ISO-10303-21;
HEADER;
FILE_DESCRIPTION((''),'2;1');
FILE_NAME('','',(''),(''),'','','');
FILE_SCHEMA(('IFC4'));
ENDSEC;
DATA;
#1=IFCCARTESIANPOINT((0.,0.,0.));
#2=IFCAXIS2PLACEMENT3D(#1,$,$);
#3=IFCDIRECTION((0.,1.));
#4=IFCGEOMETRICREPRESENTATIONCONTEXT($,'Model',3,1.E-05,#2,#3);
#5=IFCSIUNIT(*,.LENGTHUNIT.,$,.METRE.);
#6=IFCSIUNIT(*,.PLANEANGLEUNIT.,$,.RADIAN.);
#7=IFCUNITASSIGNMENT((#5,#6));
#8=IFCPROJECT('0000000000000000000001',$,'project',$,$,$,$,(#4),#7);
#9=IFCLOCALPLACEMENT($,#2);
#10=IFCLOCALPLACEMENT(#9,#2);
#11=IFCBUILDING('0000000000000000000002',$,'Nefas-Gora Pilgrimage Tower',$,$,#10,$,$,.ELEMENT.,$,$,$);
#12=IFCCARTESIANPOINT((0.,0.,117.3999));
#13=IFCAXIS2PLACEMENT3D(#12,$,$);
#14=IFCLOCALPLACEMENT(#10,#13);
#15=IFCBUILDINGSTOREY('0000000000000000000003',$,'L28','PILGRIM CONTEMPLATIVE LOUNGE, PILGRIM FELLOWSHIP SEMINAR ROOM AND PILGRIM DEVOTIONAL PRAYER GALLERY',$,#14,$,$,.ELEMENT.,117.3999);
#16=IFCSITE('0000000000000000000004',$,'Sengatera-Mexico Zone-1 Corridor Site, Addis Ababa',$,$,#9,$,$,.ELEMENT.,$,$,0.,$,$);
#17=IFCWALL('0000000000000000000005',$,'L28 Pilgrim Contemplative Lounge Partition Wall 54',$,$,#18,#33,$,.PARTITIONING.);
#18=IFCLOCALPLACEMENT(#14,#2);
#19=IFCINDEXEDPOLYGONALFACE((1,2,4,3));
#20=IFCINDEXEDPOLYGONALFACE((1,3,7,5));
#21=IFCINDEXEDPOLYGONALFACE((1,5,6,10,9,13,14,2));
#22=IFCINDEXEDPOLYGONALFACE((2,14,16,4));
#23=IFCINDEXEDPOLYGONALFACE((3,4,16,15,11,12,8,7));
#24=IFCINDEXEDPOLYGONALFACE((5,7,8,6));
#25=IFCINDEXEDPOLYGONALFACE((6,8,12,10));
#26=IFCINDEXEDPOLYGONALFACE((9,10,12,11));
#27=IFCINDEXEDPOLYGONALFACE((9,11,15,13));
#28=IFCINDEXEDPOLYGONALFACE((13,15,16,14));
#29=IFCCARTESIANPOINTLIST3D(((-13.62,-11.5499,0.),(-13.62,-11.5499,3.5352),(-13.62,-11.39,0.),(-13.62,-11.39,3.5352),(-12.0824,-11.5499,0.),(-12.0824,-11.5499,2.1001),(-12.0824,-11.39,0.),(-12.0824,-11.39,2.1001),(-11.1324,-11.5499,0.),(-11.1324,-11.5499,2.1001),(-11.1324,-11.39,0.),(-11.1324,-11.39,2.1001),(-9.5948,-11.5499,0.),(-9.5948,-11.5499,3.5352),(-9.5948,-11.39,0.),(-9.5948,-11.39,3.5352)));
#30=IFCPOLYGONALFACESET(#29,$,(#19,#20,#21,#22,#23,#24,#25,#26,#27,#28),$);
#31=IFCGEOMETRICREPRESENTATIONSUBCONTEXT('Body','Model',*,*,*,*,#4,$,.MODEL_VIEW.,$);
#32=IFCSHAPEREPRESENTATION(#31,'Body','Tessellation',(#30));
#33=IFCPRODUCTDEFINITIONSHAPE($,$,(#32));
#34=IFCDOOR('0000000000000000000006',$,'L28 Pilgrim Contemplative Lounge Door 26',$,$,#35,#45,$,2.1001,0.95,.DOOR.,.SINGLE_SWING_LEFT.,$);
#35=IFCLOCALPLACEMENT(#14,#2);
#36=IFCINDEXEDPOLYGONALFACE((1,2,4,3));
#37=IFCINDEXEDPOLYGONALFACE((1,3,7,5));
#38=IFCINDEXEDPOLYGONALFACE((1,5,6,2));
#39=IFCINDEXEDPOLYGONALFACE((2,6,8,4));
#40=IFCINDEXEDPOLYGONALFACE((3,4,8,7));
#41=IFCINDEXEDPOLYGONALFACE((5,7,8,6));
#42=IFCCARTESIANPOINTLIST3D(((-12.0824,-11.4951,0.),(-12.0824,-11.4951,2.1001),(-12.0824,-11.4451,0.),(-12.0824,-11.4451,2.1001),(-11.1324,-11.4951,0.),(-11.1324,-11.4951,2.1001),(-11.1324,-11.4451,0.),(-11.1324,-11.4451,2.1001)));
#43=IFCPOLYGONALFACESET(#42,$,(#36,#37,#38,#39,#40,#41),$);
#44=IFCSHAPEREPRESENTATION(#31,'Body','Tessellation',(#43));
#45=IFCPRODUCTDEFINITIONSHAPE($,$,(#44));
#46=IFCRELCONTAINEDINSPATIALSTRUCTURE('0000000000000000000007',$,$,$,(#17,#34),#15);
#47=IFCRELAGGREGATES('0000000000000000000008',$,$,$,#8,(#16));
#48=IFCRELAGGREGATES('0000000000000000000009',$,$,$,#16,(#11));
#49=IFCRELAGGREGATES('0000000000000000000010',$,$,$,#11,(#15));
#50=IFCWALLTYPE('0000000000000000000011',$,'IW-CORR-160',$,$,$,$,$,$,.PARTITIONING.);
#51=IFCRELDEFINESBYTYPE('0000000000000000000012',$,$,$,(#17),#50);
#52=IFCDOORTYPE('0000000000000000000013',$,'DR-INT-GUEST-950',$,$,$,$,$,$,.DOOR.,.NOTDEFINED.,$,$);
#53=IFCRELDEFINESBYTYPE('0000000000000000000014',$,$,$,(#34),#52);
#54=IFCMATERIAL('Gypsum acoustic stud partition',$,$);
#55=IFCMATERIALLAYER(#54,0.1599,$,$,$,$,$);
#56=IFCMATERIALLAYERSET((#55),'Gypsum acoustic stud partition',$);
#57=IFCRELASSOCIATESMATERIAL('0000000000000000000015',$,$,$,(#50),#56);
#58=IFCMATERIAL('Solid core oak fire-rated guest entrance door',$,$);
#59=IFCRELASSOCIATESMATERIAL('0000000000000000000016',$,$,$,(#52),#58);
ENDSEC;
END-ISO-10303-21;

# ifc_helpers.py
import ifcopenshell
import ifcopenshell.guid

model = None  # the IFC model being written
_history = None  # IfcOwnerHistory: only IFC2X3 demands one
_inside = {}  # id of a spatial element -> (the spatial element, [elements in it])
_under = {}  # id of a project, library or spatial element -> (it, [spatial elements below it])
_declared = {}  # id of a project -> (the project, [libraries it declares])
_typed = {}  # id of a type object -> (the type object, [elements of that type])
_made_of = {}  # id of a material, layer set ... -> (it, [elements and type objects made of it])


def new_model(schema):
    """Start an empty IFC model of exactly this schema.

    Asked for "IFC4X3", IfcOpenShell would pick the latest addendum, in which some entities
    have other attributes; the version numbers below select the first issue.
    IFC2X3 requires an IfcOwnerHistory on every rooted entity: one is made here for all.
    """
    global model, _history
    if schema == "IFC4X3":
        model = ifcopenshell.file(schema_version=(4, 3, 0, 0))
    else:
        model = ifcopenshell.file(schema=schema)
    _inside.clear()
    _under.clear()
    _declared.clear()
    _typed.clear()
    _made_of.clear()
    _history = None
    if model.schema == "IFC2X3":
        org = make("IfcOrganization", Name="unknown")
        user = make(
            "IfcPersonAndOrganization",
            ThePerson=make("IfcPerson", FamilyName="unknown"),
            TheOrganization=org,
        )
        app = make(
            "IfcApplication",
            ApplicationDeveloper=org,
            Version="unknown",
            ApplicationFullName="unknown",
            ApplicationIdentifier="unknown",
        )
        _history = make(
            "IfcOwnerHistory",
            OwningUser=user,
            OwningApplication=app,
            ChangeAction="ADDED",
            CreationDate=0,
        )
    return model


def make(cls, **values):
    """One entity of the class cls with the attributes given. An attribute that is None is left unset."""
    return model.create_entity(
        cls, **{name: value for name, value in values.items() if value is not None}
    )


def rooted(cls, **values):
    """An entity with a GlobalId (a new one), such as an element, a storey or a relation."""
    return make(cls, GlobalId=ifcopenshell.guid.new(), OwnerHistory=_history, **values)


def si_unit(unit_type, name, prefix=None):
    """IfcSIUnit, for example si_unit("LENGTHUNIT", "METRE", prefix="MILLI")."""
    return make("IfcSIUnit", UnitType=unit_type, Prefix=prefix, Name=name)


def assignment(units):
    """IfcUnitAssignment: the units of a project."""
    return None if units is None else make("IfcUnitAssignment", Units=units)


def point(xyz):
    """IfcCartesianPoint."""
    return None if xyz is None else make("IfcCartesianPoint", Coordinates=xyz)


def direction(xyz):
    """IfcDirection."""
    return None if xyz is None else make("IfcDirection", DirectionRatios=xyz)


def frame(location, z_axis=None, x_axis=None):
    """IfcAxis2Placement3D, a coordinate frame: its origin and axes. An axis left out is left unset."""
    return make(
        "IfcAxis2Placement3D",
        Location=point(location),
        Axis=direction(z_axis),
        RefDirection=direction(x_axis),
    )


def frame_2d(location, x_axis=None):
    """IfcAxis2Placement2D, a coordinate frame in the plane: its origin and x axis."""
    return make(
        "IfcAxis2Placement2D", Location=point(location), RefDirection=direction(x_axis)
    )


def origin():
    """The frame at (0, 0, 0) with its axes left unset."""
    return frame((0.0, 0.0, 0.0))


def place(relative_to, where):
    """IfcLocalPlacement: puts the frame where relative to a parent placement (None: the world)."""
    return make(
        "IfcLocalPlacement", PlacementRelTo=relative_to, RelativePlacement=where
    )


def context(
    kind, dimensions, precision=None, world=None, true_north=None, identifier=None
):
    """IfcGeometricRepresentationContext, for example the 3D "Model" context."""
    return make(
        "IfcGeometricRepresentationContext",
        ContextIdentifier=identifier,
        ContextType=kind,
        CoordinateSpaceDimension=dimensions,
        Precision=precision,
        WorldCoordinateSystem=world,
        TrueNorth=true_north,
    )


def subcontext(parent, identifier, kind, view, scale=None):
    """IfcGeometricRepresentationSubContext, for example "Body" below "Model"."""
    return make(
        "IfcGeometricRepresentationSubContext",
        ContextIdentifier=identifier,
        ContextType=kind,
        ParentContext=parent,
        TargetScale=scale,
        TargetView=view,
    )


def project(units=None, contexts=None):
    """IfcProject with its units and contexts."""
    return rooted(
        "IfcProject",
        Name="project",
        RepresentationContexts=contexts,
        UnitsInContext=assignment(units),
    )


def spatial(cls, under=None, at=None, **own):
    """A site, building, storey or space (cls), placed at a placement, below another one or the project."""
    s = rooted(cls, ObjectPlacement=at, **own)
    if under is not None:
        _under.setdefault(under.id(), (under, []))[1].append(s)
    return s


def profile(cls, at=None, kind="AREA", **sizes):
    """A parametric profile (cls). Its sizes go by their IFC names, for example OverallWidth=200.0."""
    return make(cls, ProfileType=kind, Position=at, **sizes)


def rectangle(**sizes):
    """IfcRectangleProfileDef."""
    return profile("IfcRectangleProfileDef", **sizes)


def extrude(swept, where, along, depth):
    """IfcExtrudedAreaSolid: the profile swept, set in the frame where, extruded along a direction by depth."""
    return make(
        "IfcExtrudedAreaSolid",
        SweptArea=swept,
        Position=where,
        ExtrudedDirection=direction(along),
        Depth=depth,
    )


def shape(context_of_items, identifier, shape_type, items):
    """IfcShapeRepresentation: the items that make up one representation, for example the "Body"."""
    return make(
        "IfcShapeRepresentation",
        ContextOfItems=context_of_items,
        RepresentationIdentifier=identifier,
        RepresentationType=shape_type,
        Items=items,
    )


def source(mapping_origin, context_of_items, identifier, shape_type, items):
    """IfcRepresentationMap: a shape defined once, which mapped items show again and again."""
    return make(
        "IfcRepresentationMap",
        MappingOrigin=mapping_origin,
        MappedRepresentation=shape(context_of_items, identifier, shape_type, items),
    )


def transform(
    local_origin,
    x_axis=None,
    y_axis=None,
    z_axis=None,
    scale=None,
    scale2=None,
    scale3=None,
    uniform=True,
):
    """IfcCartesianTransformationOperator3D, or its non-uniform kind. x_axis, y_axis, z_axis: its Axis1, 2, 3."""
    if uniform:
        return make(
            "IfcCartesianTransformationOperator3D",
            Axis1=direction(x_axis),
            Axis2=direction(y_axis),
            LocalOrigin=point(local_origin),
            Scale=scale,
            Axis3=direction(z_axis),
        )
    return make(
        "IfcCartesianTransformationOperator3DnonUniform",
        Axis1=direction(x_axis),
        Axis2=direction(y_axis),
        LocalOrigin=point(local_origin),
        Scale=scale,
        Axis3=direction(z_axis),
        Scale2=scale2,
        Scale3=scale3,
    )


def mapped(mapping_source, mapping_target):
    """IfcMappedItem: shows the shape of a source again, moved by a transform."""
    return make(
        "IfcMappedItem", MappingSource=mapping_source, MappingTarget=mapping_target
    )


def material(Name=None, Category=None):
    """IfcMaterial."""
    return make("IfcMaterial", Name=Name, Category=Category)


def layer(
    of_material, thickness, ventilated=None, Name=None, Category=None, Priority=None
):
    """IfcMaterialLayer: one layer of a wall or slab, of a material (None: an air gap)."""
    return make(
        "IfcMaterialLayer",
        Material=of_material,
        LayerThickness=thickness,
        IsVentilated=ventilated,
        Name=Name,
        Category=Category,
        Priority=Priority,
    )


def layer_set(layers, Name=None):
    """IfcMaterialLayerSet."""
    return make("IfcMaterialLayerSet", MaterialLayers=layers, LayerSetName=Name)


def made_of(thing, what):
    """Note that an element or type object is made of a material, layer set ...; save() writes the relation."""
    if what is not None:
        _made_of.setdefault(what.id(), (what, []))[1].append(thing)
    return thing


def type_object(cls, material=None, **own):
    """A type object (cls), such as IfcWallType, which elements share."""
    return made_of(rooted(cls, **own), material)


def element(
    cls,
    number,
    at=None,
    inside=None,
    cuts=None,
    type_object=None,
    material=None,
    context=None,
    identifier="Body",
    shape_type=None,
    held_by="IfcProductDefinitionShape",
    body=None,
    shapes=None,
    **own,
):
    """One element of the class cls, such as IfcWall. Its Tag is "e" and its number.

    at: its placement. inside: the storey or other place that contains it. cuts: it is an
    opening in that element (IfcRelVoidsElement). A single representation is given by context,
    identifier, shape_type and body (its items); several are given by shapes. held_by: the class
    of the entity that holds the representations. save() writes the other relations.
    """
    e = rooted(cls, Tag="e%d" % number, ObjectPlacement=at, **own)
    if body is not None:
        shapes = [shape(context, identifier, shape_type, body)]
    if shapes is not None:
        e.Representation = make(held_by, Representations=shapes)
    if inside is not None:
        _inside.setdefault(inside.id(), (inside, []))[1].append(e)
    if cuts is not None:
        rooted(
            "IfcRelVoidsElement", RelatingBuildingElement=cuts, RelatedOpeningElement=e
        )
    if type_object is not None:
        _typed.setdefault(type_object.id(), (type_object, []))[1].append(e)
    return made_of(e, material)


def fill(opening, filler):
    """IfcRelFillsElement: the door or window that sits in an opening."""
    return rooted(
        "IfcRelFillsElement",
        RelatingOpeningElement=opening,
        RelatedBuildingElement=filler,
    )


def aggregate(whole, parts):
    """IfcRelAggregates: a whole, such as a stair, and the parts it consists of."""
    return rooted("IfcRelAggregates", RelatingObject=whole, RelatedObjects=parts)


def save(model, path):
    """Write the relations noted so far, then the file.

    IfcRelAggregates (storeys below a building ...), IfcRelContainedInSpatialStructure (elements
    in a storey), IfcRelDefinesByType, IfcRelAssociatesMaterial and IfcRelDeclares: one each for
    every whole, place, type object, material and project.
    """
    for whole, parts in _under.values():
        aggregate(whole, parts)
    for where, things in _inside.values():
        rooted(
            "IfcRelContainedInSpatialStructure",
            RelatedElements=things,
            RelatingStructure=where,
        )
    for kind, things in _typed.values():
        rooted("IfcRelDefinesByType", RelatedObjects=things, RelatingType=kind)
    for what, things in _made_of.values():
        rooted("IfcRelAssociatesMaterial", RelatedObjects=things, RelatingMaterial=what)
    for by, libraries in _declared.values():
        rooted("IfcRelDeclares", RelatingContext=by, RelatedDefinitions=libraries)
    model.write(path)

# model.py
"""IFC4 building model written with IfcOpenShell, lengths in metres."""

from ifc_helpers import new_model, si_unit, direction, frame, frame_2d, origin, place, context, subcontext, project, spatial, rectangle, extrude, source, transform, mapped, material, layer, layer_set, type_object, element, fill, save


model = new_model("IFC4")

# Units and contexts
model_context = context("Model", 3, precision=1e-05, world=origin(), true_north=direction((0.0, 1.0)))
body_context = subcontext(model_context, "Body", "Model", "MODEL_VIEW")
ifc_project = project(units=[si_unit("LENGTHUNIT", "METRE"), si_unit("PLANEANGLEUNIT", "RADIAN")], contexts=[model_context])

# Site, building, storey
site_placement = place(None, origin())
site = spatial("IfcSite", under=ifc_project, at=site_placement, Name="Sengatera-Mexico Zone-1 Corridor Site, Addis Ababa", CompositionType="ELEMENT", RefElevation=0.0)
building_placement = place(site_placement, origin())
building = spatial("IfcBuilding", under=site, at=building_placement, Name="Nefas-Gora Pilgrimage Tower", CompositionType="ELEMENT")
storey_placement = place(building_placement, frame((0.0, 0.0, 117.3999)))
storey = spatial("IfcBuildingStorey", under=building, at=storey_placement, Name="L28", Description="PILGRIM CONTEMPLATIVE LOUNGE, PILGRIM FELLOWSHIP SEMINAR ROOM AND PILGRIM DEVOTIONAL PRAYER GALLERY", CompositionType="ELEMENT", Elevation=117.3999)

# Wall, opening, door
ifc_material_1 = material(Name="Gypsum acoustic stud partition")
ifc_layer_1 = layer(ifc_material_1, 0.1599)
ifc_layer_set_1 = layer_set([ifc_layer_1], Name="Gypsum acoustic stud partition")
wall_type_1 = type_object("IfcWallType", Name="IW-CORR-160", PredefinedType="PARTITIONING", material=ifc_layer_set_1)
ifc_material_2 = material(Name="Solid core oak fire-rated guest entrance door")
door_type = type_object("IfcDoorType", Name="DR-INT-GUEST-950", OperationType="NOTDEFINED", PredefinedType="DOOR", material=ifc_material_2)
shared_shape_1 = source(origin(), body_context, "Body", "SweptSolid", [
    extrude(rectangle(XDim=0.95, YDim=2.1001, at=frame_2d((0.4751, 1.05))), frame((0.0, 0.0249, 0.0), z_axis=(0.0, -1.0, 0.0), x_axis=(1.0, 0.0, 0.0)), (0.0, 0.0, 1.0), 0.05),
])
shared_shape_2 = source(origin(), body_context, "Body", "SweptSolid", [
    extrude(rectangle(XDim=4.0251, YDim=0.1599, at=frame_2d((2.0127, 0.0))), origin(), (0.0, 0.0, 1.0), 3.5352),
])
wall_1_placement = place(storey_placement, frame((-13.6201, -11.47, 0.0), z_axis=(0.0, 0.0, 1.0), x_axis=(1.0, 0.0, 0.0)))
wall_1 = element("IfcWall", 1, at=wall_1_placement, inside=storey, type_object=wall_type_1, Name="L28 Pilgrim Contemplative Lounge Partition Wall 54", PredefinedType="PARTITIONING", context=body_context, shape_type="MappedRepresentation", body=[
    mapped(shared_shape_2, transform((0.0, 0.0, 0.0), x_axis=(1.0, 0.0, 0.0), y_axis=(0.0, 1.0, 0.0), z_axis=(0.0, 0.0, 1.0), scale=1.0)),
])
opening_1_placement = place(wall_1_placement, frame((1.5376, 0.0, 0.0)))
opening_1 = element("IfcOpeningElement", 2, at=opening_1_placement, cuts=wall_1, PredefinedType="OPENING", context=body_context, shape_type="SweptSolid", body=[
    extrude(rectangle(XDim=0.95, YDim=2.1001, at=frame_2d((0.4751, 1.05))), frame((0.0, 0.0898, 0.0), z_axis=(0.0, -1.0, 0.0), x_axis=(1.0, 0.0, 0.0)), (0.0, 0.0, 1.0), 0.1799),
])
door_1_placement = place(opening_1_placement, origin())
door_1 = element("IfcDoor", 3, at=door_1_placement, inside=storey, type_object=door_type, Name="L28 Pilgrim Contemplative Lounge Door 26", OperationType="SINGLE_SWING_LEFT", OverallHeight=2.1001, OverallWidth=0.95, PredefinedType="DOOR", context=body_context, shape_type="MappedRepresentation", body=[
    mapped(shared_shape_1, transform((0.0, 0.0, 0.0), x_axis=(1.0, 0.0, 0.0), y_axis=(0.0, 1.0, 0.0), z_axis=(0.0, 0.0, 1.0), scale=1.0)),
])
fill(opening_1, door_1)

save(model, "model.ifc")
